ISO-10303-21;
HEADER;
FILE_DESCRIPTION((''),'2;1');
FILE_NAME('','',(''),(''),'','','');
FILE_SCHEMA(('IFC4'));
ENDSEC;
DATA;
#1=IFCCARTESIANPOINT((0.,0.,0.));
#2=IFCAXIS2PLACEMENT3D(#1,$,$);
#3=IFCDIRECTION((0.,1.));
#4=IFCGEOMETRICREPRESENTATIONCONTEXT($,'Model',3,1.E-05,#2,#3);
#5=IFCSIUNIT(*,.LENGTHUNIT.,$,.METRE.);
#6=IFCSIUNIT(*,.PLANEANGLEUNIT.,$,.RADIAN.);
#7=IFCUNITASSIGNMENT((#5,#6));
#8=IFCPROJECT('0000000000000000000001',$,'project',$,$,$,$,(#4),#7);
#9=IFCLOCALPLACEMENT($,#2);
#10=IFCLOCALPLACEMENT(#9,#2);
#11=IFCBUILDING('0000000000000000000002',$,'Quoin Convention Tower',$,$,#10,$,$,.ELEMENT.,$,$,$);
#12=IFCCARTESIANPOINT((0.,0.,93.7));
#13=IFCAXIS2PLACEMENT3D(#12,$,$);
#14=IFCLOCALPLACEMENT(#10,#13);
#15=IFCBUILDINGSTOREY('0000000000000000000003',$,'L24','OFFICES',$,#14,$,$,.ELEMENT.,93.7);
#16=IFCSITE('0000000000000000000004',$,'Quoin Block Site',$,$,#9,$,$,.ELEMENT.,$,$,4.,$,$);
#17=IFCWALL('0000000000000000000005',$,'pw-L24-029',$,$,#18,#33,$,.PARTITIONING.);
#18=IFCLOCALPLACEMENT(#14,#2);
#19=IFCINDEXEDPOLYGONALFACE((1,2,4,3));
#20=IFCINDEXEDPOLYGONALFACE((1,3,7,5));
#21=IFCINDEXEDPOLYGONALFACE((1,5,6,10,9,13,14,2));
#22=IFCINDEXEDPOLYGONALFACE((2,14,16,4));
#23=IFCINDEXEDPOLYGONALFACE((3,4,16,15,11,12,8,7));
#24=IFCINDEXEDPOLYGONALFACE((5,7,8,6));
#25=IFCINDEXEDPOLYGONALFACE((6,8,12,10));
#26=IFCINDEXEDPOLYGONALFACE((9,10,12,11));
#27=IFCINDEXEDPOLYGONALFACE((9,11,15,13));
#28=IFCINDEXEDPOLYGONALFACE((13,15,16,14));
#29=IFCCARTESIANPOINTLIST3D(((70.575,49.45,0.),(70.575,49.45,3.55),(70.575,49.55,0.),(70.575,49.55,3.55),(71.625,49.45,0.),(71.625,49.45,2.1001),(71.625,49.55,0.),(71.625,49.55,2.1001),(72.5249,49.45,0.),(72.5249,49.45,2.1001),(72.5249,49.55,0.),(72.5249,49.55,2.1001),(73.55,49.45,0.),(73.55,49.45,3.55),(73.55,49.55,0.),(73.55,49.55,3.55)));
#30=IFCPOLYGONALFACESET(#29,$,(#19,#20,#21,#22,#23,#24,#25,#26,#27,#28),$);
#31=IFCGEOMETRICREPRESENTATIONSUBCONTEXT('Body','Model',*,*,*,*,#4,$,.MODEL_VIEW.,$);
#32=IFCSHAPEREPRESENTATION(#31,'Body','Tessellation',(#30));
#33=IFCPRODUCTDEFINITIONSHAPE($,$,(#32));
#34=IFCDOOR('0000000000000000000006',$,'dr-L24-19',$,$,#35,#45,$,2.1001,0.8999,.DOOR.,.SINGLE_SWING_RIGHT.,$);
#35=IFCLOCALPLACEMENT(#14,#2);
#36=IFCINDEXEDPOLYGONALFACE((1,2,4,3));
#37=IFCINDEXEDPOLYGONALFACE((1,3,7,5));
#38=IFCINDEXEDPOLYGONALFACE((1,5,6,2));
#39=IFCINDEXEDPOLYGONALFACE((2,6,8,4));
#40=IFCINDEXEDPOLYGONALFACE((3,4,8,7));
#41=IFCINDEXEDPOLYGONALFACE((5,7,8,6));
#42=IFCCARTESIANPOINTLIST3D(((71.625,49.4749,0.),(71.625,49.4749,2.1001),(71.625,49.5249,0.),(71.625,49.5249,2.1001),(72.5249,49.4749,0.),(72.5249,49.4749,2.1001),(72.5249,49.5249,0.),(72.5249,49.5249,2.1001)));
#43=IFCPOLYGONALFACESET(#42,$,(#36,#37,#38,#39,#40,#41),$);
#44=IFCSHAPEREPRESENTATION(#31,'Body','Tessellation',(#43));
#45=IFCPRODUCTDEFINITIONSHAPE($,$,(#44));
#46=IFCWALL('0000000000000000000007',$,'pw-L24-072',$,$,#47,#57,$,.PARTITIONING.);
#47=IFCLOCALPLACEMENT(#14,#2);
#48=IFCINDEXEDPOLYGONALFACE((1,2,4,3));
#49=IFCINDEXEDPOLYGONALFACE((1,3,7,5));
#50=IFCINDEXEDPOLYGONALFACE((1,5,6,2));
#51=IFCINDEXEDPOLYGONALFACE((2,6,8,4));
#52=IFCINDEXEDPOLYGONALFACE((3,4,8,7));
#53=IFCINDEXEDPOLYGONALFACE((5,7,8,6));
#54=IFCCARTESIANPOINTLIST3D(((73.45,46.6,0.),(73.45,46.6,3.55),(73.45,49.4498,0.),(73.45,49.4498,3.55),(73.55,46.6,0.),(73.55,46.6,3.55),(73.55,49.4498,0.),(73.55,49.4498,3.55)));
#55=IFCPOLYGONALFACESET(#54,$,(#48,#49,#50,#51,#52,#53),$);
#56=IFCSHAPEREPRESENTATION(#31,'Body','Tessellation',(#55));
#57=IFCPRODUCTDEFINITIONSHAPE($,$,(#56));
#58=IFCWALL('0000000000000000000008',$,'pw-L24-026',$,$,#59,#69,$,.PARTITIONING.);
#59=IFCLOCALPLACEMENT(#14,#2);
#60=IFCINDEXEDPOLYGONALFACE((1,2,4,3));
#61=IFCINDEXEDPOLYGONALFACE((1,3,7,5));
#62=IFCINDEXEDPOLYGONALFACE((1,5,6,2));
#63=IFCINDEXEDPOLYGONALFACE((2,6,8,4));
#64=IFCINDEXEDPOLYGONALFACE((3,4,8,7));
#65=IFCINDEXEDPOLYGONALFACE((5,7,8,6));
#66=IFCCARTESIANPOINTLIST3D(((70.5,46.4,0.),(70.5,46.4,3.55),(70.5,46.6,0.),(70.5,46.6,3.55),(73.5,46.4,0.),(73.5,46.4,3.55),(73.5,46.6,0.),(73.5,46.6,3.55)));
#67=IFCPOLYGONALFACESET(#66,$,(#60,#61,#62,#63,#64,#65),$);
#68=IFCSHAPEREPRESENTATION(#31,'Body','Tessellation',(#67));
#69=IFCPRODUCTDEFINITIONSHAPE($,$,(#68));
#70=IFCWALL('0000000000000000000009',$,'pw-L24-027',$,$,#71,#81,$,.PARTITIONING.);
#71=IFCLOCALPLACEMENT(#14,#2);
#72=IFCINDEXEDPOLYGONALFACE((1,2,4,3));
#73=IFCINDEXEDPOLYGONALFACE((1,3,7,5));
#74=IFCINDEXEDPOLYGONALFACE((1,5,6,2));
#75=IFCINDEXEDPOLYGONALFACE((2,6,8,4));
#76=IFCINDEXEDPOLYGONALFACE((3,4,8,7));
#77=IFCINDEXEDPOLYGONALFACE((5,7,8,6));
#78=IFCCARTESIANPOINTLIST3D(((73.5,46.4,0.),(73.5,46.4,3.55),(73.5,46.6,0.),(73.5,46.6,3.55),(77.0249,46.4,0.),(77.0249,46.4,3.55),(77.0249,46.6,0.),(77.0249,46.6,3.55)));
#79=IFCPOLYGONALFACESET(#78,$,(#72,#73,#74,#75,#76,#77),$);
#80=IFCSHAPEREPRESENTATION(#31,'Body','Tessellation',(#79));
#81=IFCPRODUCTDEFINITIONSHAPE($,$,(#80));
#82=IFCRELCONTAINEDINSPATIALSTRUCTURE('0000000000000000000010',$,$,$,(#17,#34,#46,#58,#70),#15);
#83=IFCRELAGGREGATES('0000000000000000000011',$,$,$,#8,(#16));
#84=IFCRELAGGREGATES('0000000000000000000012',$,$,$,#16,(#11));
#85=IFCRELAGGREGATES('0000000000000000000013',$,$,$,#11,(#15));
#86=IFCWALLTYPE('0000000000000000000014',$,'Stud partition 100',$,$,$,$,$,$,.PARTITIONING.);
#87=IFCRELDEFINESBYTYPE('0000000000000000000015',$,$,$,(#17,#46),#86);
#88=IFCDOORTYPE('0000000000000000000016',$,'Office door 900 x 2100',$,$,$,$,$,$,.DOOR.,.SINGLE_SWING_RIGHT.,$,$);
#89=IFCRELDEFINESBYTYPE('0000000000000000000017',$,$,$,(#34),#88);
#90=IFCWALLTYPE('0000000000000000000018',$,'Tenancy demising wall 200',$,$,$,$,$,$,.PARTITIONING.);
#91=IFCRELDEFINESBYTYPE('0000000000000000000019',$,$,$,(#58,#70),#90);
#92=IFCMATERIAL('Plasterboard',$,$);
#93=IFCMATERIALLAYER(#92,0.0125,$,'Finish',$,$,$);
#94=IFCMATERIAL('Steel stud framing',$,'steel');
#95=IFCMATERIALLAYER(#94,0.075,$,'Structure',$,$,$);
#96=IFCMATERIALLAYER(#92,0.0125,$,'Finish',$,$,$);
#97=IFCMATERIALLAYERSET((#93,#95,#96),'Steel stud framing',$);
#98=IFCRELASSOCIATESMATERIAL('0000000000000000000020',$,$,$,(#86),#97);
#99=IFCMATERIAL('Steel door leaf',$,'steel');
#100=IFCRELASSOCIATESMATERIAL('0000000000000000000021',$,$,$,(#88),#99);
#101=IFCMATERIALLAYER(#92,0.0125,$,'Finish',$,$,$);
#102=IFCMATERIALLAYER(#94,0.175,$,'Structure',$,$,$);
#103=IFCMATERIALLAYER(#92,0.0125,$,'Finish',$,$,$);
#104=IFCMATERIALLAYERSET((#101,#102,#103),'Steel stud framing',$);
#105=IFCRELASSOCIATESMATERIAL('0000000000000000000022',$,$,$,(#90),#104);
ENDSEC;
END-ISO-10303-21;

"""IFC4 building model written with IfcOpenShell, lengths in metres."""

from ifc_helpers import new_model, si_unit, direction, frame, frame_2d, origin, place, context, subcontext, project, spatial, rectangle, extrude, material, layer, layer_set, type_object, element, fill, save


model = new_model("IFC4")

# Units and contexts
model_context = context("Model", 3, precision=1e-05, world=origin(), true_north=direction((0.0, 1.0)))
body_context = subcontext(model_context, "Body", "Model", "MODEL_VIEW")
ifc_project = project(units=[si_unit("LENGTHUNIT", "METRE"), si_unit("PLANEANGLEUNIT", "RADIAN")], contexts=[model_context])

# Site, building, storey
site_placement = place(None, origin())
site = spatial("IfcSite", under=ifc_project, at=site_placement, Name="Quoin Block Site", CompositionType="ELEMENT", RefElevation=4.0)
building_placement = place(site_placement, origin())
building = spatial("IfcBuilding", under=site, at=building_placement, Name="Quoin Convention Tower", CompositionType="ELEMENT")
storey_placement = place(building_placement, frame((0.0, 0.0, 93.7)))
storey = spatial("IfcBuildingStorey", under=building, at=storey_placement, Name="L24", Description="OFFICES", CompositionType="ELEMENT", Elevation=93.7)

# Shared definitions
ifc_material_1 = material(Name="Plasterboard")
ifc_material_2 = material(Name="Steel stud framing", Category="steel")

# Wall, opening, door
ifc_material_3 = material(Name="Steel door leaf", Category="steel")
ifc_layer_1 = layer(ifc_material_1, 0.0125, Name="Finish")
ifc_layer_2 = layer(ifc_material_2, 0.075, Name="Structure")
ifc_layer_3 = layer(ifc_material_1, 0.0125, Name="Finish")
ifc_layer_set_1 = layer_set([ifc_layer_1, ifc_layer_2, ifc_layer_3], Name="Steel stud framing")
wall_type_1 = type_object("IfcWallType", Name="Stud partition 100", PredefinedType="PARTITIONING", material=ifc_layer_set_1)
wall_1_placement = place(storey_placement, frame((70.575, 49.5, 0.0), z_axis=(0.0, 0.0, 1.0), x_axis=(1.0, 0.0, 0.0)))
wall_1 = element("IfcWall", 1, at=wall_1_placement, inside=storey, type_object=wall_type_1, Name="pw-L24-029", PredefinedType="PARTITIONING", context=body_context, shape_type="SweptSolid", body=[
    extrude(rectangle(XDim=2.9751, YDim=0.1001, at=frame_2d((1.4875, 0.0))), origin(), (0.0, 0.0, 1.0), 3.55),
])
opening_1_placement = place(wall_1_placement, frame((1.05, 0.0, 0.0)))
opening_1 = element("IfcOpeningElement", 2, at=opening_1_placement, cuts=wall_1, PredefinedType="OPENING", context=body_context, shape_type="SweptSolid", body=[
    extrude(rectangle(XDim=0.8999, YDim=2.1001, at=frame_2d((0.45, 1.05))), frame((0.0, 0.0601, 0.0), z_axis=(0.0, -1.0, 0.0), x_axis=(1.0, 0.0, 0.0)), (0.0, 0.0, 1.0), 0.1201),
])
door_type_1 = type_object("IfcDoorType", Name="Office door 900 x 2100", OperationType="SINGLE_SWING_RIGHT", PredefinedType="DOOR", material=ifc_material_3)
door_1_placement = place(opening_1_placement, origin())
door_1 = element("IfcDoor", 3, at=door_1_placement, inside=storey, type_object=door_type_1, Name="dr-L24-19", OperationType="SINGLE_SWING_RIGHT", OverallHeight=2.1001, OverallWidth=0.8999, PredefinedType="DOOR", context=body_context, shape_type="SweptSolid", body=[
    extrude(rectangle(XDim=0.8999, YDim=2.1001, at=frame_2d((0.45, 1.05))), frame((0.0, 0.0249, 0.0), z_axis=(0.0, -1.0, 0.0), x_axis=(1.0, 0.0, 0.0)), (0.0, 0.0, 1.0), 0.05),
])
fill(opening_1, door_1)

# Walls
wall_2_placement = place(storey_placement, frame((73.5, 46.6001, 0.0), z_axis=(0.0, 0.0, 1.0), x_axis=(0.0, 1.0, 0.0)))
element("IfcWall", 4, at=wall_2_placement, inside=storey, type_object=wall_type_1, Name="pw-L24-072", PredefinedType="PARTITIONING", context=body_context, shape_type="SweptSolid", body=[
    extrude(rectangle(XDim=2.8499, YDim=0.1001, at=frame_2d((1.4248, 0.0))), origin(), (0.0, 0.0, 1.0), 3.55),
])
ifc_layer_4 = layer(ifc_material_1, 0.0125, Name="Finish")
ifc_layer_5 = layer(ifc_material_2, 0.175, Name="Structure")
ifc_layer_6 = layer(ifc_material_1, 0.0125, Name="Finish")
ifc_layer_set_2 = layer_set([ifc_layer_4, ifc_layer_5, ifc_layer_6], Name="Steel stud framing")
wall_type_2 = type_object("IfcWallType", Name="Tenancy demising wall 200", PredefinedType="PARTITIONING", material=ifc_layer_set_2)
wall_3_placement = place(storey_placement, frame((70.5, 46.5, 0.0), z_axis=(0.0, 0.0, 1.0), x_axis=(1.0, 0.0, 0.0)))
element("IfcWall", 5, at=wall_3_placement, inside=storey, type_object=wall_type_2, Name="pw-L24-026", PredefinedType="PARTITIONING", context=body_context, shape_type="SweptSolid", body=[
    extrude(rectangle(XDim=3.0, YDim=0.2, at=frame_2d((1.5, 0.0))), origin(), (0.0, 0.0, 1.0), 3.55),
])
wall_4_placement = place(storey_placement, frame((73.5, 46.5, 0.0), z_axis=(0.0, 0.0, 1.0), x_axis=(1.0, 0.0, 0.0)))
element("IfcWall", 6, at=wall_4_placement, inside=storey, type_object=wall_type_2, Name="pw-L24-027", PredefinedType="PARTITIONING", context=body_context, shape_type="SweptSolid", body=[
    extrude(rectangle(XDim=3.5249, YDim=0.2, at=frame_2d((1.7625, 0.0))), origin(), (0.0, 0.0, 1.0), 3.55),
])

save(model, "model.ifc")
